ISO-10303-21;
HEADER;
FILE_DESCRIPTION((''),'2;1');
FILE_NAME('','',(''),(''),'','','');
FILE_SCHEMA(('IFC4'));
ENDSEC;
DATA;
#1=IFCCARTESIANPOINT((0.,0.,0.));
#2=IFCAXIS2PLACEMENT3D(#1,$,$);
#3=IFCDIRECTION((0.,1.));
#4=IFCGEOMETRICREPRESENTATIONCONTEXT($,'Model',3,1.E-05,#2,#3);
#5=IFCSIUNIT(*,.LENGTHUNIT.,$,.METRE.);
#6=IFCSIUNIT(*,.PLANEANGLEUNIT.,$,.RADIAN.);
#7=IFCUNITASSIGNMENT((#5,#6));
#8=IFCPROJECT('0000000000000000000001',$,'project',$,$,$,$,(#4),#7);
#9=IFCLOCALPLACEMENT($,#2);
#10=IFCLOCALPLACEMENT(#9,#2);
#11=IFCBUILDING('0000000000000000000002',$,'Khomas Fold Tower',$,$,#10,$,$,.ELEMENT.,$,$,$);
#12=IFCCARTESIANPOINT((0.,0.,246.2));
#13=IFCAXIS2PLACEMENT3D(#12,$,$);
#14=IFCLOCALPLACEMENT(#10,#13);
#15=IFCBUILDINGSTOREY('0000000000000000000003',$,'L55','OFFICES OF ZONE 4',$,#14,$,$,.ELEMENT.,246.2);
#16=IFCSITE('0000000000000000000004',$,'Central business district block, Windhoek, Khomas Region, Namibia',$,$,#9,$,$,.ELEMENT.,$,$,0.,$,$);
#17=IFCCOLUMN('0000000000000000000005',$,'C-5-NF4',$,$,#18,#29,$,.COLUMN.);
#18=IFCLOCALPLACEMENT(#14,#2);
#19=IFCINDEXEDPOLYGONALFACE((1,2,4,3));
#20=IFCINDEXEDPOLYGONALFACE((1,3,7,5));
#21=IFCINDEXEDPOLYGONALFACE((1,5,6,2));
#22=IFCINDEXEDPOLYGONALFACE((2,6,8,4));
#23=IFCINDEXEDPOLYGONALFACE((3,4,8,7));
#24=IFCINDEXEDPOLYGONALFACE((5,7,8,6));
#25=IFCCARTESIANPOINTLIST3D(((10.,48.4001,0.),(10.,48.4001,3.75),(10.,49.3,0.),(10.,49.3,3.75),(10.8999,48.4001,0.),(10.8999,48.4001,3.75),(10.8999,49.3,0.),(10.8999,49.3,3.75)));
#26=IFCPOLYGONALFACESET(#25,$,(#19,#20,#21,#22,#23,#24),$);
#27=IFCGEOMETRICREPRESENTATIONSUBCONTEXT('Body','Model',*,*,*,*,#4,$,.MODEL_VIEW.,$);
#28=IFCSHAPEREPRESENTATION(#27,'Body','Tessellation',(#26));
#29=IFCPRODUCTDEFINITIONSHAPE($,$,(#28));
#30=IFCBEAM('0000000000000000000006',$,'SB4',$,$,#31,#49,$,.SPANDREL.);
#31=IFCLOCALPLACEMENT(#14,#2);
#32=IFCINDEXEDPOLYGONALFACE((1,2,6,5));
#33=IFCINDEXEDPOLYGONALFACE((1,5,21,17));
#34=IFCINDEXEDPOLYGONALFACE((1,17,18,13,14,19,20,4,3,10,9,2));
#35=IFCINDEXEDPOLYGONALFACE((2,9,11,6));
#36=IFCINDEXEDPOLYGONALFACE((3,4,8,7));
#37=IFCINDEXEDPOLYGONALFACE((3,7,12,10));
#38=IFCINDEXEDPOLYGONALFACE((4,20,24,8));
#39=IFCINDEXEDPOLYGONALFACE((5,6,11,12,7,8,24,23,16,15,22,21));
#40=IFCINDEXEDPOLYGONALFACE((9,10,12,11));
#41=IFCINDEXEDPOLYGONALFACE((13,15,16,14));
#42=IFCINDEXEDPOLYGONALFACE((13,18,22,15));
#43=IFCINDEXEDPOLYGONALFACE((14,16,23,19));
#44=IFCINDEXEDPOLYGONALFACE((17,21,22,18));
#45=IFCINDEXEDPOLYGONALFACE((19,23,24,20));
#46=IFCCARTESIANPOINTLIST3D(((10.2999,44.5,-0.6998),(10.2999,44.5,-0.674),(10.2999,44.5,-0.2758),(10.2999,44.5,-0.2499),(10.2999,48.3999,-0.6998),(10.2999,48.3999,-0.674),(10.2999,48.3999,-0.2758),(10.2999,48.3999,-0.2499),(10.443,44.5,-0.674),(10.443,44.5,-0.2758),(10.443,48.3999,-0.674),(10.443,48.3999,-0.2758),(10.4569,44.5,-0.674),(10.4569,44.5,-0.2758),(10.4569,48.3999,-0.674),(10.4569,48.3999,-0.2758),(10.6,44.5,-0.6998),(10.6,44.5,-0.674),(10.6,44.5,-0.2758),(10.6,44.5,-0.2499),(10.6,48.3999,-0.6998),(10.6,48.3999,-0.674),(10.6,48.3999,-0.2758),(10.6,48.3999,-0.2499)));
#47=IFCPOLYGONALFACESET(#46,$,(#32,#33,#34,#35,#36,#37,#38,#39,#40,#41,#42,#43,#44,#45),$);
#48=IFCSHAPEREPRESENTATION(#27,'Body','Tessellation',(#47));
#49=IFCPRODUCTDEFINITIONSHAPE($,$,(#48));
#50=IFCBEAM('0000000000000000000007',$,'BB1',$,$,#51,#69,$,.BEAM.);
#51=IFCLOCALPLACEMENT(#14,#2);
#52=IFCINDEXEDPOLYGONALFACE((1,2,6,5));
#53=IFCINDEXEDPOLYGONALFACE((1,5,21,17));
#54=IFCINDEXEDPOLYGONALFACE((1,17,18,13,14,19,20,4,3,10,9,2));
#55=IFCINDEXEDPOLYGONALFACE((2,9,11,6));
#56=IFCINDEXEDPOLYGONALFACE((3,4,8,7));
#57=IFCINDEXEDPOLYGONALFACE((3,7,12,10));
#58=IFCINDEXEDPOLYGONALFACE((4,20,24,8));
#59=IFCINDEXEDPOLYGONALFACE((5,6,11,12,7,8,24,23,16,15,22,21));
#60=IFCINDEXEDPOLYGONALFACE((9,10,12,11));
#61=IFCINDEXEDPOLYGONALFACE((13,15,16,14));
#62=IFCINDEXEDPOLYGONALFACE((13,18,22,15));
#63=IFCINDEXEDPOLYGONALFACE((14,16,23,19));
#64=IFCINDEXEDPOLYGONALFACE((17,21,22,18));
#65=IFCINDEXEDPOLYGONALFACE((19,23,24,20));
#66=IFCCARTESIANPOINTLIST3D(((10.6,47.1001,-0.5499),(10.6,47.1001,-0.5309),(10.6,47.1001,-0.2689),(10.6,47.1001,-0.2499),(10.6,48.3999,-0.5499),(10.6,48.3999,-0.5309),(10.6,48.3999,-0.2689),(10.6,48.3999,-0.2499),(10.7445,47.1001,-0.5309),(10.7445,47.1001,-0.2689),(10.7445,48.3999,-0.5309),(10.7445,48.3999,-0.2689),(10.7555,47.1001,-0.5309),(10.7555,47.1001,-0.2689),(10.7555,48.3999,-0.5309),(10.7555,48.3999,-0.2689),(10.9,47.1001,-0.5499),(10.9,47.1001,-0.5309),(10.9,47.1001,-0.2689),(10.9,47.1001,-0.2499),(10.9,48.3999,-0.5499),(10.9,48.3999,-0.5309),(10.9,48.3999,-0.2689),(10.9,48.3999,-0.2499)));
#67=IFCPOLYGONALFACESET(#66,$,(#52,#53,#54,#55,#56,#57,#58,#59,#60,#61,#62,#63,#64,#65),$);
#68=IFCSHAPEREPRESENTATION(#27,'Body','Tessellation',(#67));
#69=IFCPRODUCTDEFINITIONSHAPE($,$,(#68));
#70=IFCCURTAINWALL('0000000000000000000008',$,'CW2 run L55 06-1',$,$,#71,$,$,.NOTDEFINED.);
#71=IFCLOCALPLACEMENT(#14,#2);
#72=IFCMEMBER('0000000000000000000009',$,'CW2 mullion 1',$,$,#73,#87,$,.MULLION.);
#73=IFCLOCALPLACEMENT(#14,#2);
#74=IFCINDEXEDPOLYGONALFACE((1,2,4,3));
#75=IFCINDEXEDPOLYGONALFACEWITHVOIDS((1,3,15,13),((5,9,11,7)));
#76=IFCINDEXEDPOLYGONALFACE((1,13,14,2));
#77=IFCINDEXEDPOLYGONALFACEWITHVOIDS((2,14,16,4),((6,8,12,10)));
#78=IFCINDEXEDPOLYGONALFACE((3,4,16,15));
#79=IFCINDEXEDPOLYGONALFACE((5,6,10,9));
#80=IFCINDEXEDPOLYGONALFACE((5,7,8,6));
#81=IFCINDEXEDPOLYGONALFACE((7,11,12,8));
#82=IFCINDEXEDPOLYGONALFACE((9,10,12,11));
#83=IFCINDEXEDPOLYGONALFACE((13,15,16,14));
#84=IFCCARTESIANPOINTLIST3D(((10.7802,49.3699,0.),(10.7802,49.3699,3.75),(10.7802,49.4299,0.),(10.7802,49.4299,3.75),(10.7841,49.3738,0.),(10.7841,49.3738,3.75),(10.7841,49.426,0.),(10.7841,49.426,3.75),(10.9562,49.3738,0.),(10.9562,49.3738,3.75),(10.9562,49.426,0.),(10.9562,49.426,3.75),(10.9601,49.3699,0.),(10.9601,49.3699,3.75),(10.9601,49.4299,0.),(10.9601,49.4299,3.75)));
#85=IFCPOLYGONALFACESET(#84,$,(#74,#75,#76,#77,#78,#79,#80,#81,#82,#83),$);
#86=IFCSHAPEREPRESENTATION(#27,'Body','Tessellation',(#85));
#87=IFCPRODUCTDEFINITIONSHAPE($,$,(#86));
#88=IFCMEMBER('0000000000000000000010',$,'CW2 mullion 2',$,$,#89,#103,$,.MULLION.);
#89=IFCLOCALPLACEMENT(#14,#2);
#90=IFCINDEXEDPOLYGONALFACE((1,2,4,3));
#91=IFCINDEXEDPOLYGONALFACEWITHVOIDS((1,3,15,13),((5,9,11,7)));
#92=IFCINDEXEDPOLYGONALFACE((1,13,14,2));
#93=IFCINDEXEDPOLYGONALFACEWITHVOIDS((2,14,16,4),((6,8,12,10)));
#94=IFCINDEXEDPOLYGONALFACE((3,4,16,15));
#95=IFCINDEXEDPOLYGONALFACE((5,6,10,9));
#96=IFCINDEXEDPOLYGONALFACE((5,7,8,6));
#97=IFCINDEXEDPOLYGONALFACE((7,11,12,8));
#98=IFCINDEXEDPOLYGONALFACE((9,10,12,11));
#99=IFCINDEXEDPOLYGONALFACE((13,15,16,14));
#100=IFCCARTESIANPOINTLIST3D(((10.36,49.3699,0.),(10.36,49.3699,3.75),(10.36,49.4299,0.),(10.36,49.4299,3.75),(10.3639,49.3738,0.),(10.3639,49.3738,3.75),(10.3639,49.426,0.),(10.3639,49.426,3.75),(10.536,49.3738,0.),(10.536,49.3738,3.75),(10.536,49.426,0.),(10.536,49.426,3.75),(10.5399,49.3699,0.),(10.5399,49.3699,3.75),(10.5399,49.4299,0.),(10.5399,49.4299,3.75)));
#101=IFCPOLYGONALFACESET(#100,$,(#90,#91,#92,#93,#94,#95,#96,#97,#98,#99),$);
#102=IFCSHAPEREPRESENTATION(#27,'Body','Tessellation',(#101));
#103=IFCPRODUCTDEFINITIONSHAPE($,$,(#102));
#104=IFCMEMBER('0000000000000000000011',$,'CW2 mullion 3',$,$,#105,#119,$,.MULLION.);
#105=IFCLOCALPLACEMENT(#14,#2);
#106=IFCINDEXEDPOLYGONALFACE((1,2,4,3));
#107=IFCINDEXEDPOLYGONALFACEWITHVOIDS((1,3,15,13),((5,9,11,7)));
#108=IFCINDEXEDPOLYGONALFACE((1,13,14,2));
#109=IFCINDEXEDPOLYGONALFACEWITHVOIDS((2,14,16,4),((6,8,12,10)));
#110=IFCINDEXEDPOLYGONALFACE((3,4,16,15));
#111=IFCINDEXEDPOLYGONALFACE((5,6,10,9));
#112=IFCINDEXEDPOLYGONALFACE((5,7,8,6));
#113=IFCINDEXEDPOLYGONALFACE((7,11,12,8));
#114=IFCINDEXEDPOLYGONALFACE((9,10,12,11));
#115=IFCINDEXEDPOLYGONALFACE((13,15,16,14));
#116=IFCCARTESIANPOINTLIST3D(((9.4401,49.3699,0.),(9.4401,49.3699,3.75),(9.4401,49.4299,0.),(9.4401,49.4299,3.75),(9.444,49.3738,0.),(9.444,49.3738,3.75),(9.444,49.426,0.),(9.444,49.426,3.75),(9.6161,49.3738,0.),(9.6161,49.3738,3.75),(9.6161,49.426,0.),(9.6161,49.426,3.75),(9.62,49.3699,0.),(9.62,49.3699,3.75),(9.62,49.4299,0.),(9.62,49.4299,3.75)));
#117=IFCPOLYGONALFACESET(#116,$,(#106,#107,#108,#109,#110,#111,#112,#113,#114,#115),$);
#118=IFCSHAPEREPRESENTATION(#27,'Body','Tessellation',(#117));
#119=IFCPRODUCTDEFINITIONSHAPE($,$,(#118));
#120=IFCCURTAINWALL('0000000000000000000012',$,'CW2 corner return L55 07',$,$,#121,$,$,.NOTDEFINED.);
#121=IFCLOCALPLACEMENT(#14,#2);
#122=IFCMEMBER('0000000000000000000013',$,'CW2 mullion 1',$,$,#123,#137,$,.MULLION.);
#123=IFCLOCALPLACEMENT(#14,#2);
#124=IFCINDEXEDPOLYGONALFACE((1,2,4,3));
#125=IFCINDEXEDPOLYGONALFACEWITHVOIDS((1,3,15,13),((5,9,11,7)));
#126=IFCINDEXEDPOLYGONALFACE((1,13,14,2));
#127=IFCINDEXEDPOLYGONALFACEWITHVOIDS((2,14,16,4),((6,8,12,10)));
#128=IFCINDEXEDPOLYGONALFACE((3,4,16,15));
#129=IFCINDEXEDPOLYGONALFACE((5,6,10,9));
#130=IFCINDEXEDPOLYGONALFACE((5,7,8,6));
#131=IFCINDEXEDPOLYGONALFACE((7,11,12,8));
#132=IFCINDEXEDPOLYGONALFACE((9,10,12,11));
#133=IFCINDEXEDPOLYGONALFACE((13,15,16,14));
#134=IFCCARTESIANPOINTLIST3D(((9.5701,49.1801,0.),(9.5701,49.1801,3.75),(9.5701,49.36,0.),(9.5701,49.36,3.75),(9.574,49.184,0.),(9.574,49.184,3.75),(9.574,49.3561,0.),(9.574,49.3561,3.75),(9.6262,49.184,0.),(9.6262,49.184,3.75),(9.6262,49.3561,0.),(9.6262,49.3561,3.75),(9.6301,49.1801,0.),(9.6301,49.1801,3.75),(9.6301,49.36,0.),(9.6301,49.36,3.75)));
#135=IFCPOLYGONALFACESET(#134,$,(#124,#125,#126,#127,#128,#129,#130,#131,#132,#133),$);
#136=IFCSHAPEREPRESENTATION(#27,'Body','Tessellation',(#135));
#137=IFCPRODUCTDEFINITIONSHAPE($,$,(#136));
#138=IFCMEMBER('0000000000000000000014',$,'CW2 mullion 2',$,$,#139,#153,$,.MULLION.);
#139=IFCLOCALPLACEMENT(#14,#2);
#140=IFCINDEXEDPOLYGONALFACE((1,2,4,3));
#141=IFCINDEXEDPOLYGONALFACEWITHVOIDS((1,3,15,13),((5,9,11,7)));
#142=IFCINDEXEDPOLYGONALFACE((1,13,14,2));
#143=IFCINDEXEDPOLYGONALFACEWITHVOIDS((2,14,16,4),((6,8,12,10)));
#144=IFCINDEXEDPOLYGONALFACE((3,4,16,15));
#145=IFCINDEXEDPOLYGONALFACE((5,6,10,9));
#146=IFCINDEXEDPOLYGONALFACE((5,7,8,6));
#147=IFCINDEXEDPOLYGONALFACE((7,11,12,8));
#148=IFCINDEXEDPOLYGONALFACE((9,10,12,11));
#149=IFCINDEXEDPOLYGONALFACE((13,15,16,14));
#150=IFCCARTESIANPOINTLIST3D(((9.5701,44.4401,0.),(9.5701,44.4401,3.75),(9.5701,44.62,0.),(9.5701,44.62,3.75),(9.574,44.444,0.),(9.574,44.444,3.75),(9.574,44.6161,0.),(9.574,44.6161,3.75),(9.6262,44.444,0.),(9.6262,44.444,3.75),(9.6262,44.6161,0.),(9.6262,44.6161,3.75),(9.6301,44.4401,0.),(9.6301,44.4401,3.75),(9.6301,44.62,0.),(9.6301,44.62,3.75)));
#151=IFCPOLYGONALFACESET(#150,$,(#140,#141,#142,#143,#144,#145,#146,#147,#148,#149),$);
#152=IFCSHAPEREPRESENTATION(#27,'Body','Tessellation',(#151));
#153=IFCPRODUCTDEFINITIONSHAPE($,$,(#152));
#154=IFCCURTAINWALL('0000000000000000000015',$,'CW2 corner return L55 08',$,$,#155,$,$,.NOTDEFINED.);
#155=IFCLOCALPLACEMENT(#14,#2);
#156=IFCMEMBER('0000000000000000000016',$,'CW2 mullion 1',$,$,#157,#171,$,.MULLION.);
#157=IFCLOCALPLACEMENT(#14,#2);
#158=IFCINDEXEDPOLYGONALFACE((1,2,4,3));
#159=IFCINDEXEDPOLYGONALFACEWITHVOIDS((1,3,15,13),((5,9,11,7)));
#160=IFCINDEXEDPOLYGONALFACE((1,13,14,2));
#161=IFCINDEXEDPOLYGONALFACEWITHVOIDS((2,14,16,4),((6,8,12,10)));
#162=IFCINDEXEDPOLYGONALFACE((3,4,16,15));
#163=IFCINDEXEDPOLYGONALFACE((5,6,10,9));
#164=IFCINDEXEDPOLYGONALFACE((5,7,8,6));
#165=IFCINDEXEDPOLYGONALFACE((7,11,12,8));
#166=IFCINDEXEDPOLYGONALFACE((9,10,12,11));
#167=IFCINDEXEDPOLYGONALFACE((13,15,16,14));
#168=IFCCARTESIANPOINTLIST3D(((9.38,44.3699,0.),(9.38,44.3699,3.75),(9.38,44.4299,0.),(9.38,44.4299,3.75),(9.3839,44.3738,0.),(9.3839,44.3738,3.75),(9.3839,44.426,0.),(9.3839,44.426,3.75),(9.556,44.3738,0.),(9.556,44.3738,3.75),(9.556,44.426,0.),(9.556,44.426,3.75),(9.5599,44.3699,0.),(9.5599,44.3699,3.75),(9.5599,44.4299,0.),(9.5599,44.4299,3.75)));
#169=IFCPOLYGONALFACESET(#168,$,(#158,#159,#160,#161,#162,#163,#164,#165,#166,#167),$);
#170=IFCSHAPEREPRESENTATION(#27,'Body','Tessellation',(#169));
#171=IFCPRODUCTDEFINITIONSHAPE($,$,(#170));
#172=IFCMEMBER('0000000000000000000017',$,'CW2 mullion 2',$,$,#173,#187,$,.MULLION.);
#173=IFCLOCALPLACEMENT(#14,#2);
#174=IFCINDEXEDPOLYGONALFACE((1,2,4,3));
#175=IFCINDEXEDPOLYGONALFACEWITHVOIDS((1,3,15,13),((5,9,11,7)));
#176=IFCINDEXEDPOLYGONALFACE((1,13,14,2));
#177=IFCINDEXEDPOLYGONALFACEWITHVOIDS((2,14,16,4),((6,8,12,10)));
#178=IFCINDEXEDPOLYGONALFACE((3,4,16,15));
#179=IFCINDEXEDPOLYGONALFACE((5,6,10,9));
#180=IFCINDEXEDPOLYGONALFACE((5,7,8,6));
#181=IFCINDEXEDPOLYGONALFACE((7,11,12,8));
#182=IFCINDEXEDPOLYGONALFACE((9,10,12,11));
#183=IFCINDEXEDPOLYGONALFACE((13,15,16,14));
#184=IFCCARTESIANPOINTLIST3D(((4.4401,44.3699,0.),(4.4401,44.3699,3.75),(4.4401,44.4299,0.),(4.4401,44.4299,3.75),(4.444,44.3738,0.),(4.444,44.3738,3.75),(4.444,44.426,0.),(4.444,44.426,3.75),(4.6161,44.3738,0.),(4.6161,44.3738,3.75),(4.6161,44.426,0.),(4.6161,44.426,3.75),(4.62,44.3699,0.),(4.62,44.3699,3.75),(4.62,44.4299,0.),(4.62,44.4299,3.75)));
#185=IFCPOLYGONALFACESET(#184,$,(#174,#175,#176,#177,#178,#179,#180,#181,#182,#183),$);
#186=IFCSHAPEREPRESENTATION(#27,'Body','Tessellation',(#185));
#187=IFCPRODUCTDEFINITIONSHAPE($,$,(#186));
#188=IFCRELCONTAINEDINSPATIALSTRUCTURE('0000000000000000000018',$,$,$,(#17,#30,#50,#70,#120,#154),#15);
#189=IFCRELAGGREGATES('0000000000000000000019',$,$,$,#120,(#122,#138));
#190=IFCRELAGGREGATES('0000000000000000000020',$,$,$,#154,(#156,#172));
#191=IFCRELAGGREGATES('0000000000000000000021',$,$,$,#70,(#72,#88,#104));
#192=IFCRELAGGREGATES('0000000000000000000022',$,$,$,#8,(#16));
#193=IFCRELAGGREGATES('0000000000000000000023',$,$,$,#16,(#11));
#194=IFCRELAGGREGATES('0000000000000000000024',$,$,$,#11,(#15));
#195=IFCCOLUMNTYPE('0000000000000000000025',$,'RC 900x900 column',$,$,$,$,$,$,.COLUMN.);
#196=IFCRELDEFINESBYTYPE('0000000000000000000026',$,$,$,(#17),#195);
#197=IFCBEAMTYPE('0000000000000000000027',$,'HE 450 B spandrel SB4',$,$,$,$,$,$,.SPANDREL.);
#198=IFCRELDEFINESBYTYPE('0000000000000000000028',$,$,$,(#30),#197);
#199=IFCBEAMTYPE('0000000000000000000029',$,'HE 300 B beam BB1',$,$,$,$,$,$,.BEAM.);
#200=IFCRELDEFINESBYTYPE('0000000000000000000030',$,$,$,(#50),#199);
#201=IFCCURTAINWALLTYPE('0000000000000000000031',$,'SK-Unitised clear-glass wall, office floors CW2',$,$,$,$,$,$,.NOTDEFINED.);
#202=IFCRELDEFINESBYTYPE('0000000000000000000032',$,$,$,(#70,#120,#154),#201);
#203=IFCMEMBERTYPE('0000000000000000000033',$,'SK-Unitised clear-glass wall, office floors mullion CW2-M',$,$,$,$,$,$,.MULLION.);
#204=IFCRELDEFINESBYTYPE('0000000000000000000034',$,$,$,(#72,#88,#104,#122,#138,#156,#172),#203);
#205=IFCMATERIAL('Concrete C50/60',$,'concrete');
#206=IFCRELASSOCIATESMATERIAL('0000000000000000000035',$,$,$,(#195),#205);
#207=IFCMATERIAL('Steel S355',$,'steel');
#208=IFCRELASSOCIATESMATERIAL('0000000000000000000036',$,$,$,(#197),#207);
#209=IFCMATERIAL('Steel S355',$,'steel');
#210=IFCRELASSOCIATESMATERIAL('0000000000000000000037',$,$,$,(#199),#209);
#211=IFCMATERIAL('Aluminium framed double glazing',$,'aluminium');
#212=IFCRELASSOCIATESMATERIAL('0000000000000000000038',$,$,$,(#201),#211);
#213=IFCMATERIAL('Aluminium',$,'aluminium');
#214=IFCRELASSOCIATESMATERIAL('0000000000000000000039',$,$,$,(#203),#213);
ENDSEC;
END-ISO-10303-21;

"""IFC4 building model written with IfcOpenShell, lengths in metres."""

from ifc_helpers import new_model, si_unit, direction, frame, origin, origin_2d, place, context, subcontext, project, spatial, rectangle, hollow_rectangle, i_section, extrude, source, transform, mapped, material, material_profile, profile_set, type_object, element, aggregate, save


model = new_model("IFC4")

# Units and contexts
model_context = context("Model", 3, precision=1e-05, world=origin(), true_north=direction((0.0, 1.0)))
body_context = subcontext(model_context, "Body", "Model", "MODEL_VIEW")
ifc_project = project(units=[si_unit("LENGTHUNIT", "METRE"), si_unit("PLANEANGLEUNIT", "RADIAN")], contexts=[model_context])

# Site, building, storey
site_placement = place(None, origin())
site = spatial("IfcSite", under=ifc_project, at=site_placement, Name="Central business district block, Windhoek, Khomas Region, Namibia", CompositionType="ELEMENT", RefElevation=0.0)
building_placement = place(site_placement, origin())
building = spatial("IfcBuilding", under=site, at=building_placement, Name="Khomas Fold Tower", CompositionType="ELEMENT")
storey_placement = place(building_placement, frame((0.0, 0.0, 246.2)))
storey = spatial("IfcBuildingStorey", under=building, at=storey_placement, Name="L55", Description="OFFICES OF ZONE 4", CompositionType="ELEMENT", Elevation=246.2)

# Column
ifc_material_1 = material(Name="Concrete C50/60", Category="concrete")
ifc_material_profile_1 = material_profile(ifc_material_1, rectangle(XDim=0.8999, YDim=0.8999, at=origin_2d()), Name="RC 900x900")
ifc_profile_set_1 = profile_set([ifc_material_profile_1], Name="Concrete C50/60")
column_type = type_object("IfcColumnType", Name="RC 900x900 column", PredefinedType="COLUMN", material=ifc_profile_set_1)
shared_shape_1 = source(origin(), body_context, "Body", "SweptSolid", [
    extrude(rectangle(XDim=0.8999, YDim=0.8999, at=origin_2d()), origin(), (0.0, 0.0, 1.0), 3.75),
])
column_placement = place(storey_placement, frame((10.45, 48.8501, 0.0), z_axis=(0.0, 0.0, 1.0), x_axis=(1.0, 0.0, 0.0)))
element("IfcColumn", 1, at=column_placement, inside=storey, type_object=column_type, Name="C-5-NF4", PredefinedType="COLUMN", context=body_context, shape_type="MappedRepresentation", body=[
    mapped(shared_shape_1, transform((0.0, 0.0, 0.0))),
])

# Beams
ifc_material_2 = material(Name="Steel S355", Category="steel")
ifc_material_profile_2 = material_profile(ifc_material_2, i_section(OverallWidth=0.3, OverallDepth=0.45, WebThickness=0.0139, FlangeThickness=0.0259, at=origin_2d()), Name="HE 450 B")
ifc_profile_set_2 = profile_set([ifc_material_profile_2], Name="Steel S355")
beam_type_1 = type_object("IfcBeamType", Name="HE 450 B spandrel SB4", PredefinedType="SPANDREL", material=ifc_profile_set_2)
shared_shape_2 = source(origin(), body_context, "Body", "SweptSolid", [
    extrude(i_section(OverallWidth=0.3, OverallDepth=0.45, WebThickness=0.0139, FlangeThickness=0.0259, at=origin_2d()), origin(), (0.0, 0.0, 1.0), 3.8999),
])
beam_1_placement = place(storey_placement, frame((10.45, 44.5, -0.4749), z_axis=(0.0, 1.0, 0.0), x_axis=(-1.0, 0.0, 0.0)))
element("IfcBeam", 2, at=beam_1_placement, inside=storey, type_object=beam_type_1, Name="SB4", PredefinedType="SPANDREL", context=body_context, shape_type="MappedRepresentation", body=[
    mapped(shared_shape_2, transform((0.0, 0.0, 0.0))),
])
ifc_material_3 = material(Name="Steel S355", Category="steel")
ifc_material_profile_3 = material_profile(ifc_material_3, i_section(OverallWidth=0.3, OverallDepth=0.3, WebThickness=0.011, FlangeThickness=0.019, at=origin_2d()), Name="HE 300 B")
ifc_profile_set_3 = profile_set([ifc_material_profile_3], Name="Steel S355")
beam_type_2 = type_object("IfcBeamType", Name="HE 300 B beam BB1", PredefinedType="BEAM", material=ifc_profile_set_3)
shared_shape_3 = source(origin(), body_context, "Body", "SweptSolid", [
    extrude(i_section(OverallWidth=0.3, OverallDepth=0.3, WebThickness=0.011, FlangeThickness=0.019, at=origin_2d()), origin(), (0.0, 0.0, 1.0), 1.2998),
])
beam_2_placement = place(storey_placement, frame((10.75, 47.1001, -0.3999), z_axis=(0.0, 1.0, 0.0), x_axis=(-1.0, 0.0, 0.0)))
element("IfcBeam", 3, at=beam_2_placement, inside=storey, type_object=beam_type_2, Name="BB1", PredefinedType="BEAM", context=body_context, shape_type="MappedRepresentation", body=[
    mapped(shared_shape_3, transform((0.0, 0.0, 0.0))),
])

# Curtain walls, members
ifc_material_4 = material(Name="Aluminium framed double glazing", Category="aluminium")
curtain_wall_type = type_object("IfcCurtainWallType", Name="SK-Unitised clear-glass wall, office floors CW2", PredefinedType="NOTDEFINED", material=ifc_material_4)
curtain_wall_1_placement = place(storey_placement, origin())
curtain_wall_1 = element("IfcCurtainWall", 4, at=curtain_wall_1_placement, inside=storey, type_object=curtain_wall_type, Name="CW2 run L55 06-1", PredefinedType="NOTDEFINED")
ifc_material_5 = material(Name="Aluminium", Category="aluminium")
ifc_material_profile_4 = material_profile(ifc_material_5, hollow_rectangle(XDim=0.0601, YDim=0.1799, WallThickness=0.0039, at=origin_2d()), Name="SK-Unitised clear-glass wall, office floors mullion CW2-M")
ifc_profile_set_4 = profile_set([ifc_material_profile_4], Name="Aluminium")
member_type_1 = type_object("IfcMemberType", Name="SK-Unitised clear-glass wall, office floors mullion CW2-M", PredefinedType="MULLION", material=ifc_profile_set_4)
shared_shape_4 = source(origin(), body_context, "Body", "SweptSolid", [
    extrude(hollow_rectangle(XDim=0.0601, YDim=0.1799, WallThickness=0.0039, at=origin_2d()), origin(), (0.0, 0.0, 1.0), 3.75),
])
member_1_placement = place(storey_placement, frame((10.8701, 49.3999, 0.0), z_axis=(0.0, 0.0, 1.0), x_axis=(0.0, -1.0, 0.0)))
member_1 = element("IfcMember", 5, at=member_1_placement, type_object=member_type_1, Name="CW2 mullion 1", PredefinedType="MULLION", context=body_context, shape_type="MappedRepresentation", body=[
    mapped(shared_shape_4, transform((0.0, 0.0, 0.0))),
])
member_2_placement = place(storey_placement, frame((10.45, 49.3999, 0.0), z_axis=(0.0, 0.0, 1.0), x_axis=(0.0, -1.0, 0.0)))
member_2 = element("IfcMember", 6, at=member_2_placement, type_object=member_type_1, Name="CW2 mullion 2", PredefinedType="MULLION", context=body_context, shape_type="MappedRepresentation", body=[
    mapped(shared_shape_4, transform((0.0, 0.0, 0.0))),
])
member_3_placement = place(storey_placement, frame((9.53, 49.3999, 0.0), z_axis=(0.0, 0.0, 1.0), x_axis=(0.0, -1.0, 0.0)))
member_3 = element("IfcMember", 7, at=member_3_placement, type_object=member_type_1, Name="CW2 mullion 3", PredefinedType="MULLION", context=body_context, shape_type="MappedRepresentation", body=[
    mapped(shared_shape_4, transform((0.0, 0.0, 0.0))),
])
curtain_wall_2_placement = place(storey_placement, origin())
curtain_wall_2 = element("IfcCurtainWall", 8, at=curtain_wall_2_placement, inside=storey, type_object=curtain_wall_type, Name="CW2 corner return L55 07", PredefinedType="NOTDEFINED")
member_4_placement = place(storey_placement, frame((9.6001, 49.27, 0.0), z_axis=(0.0, 0.0, 1.0), x_axis=(1.0, 0.0, 0.0)))
member_4 = element("IfcMember", 9, at=member_4_placement, type_object=member_type_1, Name="CW2 mullion 1", PredefinedType="MULLION", context=body_context, shape_type="MappedRepresentation", body=[
    mapped(shared_shape_4, transform((0.0, 0.0, 0.0))),
])
member_5_placement = place(storey_placement, frame((9.6001, 44.53, 0.0), z_axis=(0.0, 0.0, 1.0), x_axis=(1.0, 0.0, 0.0)))
member_5 = element("IfcMember", 10, at=member_5_placement, type_object=member_type_1, Name="CW2 mullion 2", PredefinedType="MULLION", context=body_context, shape_type="MappedRepresentation", body=[
    mapped(shared_shape_4, transform((0.0, 0.0, 0.0))),
])
curtain_wall_3_placement = place(storey_placement, origin())
curtain_wall_3 = element("IfcCurtainWall", 11, at=curtain_wall_3_placement, inside=storey, type_object=curtain_wall_type, Name="CW2 corner return L55 08", PredefinedType="NOTDEFINED")
member_6_placement = place(storey_placement, frame((9.47, 44.3999, 0.0), z_axis=(0.0, 0.0, 1.0), x_axis=(0.0, -1.0, 0.0)))
member_6 = element("IfcMember", 12, at=member_6_placement, type_object=member_type_1, Name="CW2 mullion 1", PredefinedType="MULLION", context=body_context, shape_type="MappedRepresentation", body=[
    mapped(shared_shape_4, transform((0.0, 0.0, 0.0))),
])
member_7_placement = place(storey_placement, frame((4.53, 44.3999, 0.0), z_axis=(0.0, 0.0, 1.0), x_axis=(0.0, -1.0, 0.0)))
member_7 = element("IfcMember", 13, at=member_7_placement, type_object=member_type_1, Name="CW2 mullion 2", PredefinedType="MULLION", context=body_context, shape_type="MappedRepresentation", body=[
    mapped(shared_shape_4, transform((0.0, 0.0, 0.0))),
])

aggregate(curtain_wall_2, [member_4, member_5])
aggregate(curtain_wall_3, [member_6, member_7])
aggregate(curtain_wall_1, [member_1, member_2, member_3])

save(model, "model.ifc")
